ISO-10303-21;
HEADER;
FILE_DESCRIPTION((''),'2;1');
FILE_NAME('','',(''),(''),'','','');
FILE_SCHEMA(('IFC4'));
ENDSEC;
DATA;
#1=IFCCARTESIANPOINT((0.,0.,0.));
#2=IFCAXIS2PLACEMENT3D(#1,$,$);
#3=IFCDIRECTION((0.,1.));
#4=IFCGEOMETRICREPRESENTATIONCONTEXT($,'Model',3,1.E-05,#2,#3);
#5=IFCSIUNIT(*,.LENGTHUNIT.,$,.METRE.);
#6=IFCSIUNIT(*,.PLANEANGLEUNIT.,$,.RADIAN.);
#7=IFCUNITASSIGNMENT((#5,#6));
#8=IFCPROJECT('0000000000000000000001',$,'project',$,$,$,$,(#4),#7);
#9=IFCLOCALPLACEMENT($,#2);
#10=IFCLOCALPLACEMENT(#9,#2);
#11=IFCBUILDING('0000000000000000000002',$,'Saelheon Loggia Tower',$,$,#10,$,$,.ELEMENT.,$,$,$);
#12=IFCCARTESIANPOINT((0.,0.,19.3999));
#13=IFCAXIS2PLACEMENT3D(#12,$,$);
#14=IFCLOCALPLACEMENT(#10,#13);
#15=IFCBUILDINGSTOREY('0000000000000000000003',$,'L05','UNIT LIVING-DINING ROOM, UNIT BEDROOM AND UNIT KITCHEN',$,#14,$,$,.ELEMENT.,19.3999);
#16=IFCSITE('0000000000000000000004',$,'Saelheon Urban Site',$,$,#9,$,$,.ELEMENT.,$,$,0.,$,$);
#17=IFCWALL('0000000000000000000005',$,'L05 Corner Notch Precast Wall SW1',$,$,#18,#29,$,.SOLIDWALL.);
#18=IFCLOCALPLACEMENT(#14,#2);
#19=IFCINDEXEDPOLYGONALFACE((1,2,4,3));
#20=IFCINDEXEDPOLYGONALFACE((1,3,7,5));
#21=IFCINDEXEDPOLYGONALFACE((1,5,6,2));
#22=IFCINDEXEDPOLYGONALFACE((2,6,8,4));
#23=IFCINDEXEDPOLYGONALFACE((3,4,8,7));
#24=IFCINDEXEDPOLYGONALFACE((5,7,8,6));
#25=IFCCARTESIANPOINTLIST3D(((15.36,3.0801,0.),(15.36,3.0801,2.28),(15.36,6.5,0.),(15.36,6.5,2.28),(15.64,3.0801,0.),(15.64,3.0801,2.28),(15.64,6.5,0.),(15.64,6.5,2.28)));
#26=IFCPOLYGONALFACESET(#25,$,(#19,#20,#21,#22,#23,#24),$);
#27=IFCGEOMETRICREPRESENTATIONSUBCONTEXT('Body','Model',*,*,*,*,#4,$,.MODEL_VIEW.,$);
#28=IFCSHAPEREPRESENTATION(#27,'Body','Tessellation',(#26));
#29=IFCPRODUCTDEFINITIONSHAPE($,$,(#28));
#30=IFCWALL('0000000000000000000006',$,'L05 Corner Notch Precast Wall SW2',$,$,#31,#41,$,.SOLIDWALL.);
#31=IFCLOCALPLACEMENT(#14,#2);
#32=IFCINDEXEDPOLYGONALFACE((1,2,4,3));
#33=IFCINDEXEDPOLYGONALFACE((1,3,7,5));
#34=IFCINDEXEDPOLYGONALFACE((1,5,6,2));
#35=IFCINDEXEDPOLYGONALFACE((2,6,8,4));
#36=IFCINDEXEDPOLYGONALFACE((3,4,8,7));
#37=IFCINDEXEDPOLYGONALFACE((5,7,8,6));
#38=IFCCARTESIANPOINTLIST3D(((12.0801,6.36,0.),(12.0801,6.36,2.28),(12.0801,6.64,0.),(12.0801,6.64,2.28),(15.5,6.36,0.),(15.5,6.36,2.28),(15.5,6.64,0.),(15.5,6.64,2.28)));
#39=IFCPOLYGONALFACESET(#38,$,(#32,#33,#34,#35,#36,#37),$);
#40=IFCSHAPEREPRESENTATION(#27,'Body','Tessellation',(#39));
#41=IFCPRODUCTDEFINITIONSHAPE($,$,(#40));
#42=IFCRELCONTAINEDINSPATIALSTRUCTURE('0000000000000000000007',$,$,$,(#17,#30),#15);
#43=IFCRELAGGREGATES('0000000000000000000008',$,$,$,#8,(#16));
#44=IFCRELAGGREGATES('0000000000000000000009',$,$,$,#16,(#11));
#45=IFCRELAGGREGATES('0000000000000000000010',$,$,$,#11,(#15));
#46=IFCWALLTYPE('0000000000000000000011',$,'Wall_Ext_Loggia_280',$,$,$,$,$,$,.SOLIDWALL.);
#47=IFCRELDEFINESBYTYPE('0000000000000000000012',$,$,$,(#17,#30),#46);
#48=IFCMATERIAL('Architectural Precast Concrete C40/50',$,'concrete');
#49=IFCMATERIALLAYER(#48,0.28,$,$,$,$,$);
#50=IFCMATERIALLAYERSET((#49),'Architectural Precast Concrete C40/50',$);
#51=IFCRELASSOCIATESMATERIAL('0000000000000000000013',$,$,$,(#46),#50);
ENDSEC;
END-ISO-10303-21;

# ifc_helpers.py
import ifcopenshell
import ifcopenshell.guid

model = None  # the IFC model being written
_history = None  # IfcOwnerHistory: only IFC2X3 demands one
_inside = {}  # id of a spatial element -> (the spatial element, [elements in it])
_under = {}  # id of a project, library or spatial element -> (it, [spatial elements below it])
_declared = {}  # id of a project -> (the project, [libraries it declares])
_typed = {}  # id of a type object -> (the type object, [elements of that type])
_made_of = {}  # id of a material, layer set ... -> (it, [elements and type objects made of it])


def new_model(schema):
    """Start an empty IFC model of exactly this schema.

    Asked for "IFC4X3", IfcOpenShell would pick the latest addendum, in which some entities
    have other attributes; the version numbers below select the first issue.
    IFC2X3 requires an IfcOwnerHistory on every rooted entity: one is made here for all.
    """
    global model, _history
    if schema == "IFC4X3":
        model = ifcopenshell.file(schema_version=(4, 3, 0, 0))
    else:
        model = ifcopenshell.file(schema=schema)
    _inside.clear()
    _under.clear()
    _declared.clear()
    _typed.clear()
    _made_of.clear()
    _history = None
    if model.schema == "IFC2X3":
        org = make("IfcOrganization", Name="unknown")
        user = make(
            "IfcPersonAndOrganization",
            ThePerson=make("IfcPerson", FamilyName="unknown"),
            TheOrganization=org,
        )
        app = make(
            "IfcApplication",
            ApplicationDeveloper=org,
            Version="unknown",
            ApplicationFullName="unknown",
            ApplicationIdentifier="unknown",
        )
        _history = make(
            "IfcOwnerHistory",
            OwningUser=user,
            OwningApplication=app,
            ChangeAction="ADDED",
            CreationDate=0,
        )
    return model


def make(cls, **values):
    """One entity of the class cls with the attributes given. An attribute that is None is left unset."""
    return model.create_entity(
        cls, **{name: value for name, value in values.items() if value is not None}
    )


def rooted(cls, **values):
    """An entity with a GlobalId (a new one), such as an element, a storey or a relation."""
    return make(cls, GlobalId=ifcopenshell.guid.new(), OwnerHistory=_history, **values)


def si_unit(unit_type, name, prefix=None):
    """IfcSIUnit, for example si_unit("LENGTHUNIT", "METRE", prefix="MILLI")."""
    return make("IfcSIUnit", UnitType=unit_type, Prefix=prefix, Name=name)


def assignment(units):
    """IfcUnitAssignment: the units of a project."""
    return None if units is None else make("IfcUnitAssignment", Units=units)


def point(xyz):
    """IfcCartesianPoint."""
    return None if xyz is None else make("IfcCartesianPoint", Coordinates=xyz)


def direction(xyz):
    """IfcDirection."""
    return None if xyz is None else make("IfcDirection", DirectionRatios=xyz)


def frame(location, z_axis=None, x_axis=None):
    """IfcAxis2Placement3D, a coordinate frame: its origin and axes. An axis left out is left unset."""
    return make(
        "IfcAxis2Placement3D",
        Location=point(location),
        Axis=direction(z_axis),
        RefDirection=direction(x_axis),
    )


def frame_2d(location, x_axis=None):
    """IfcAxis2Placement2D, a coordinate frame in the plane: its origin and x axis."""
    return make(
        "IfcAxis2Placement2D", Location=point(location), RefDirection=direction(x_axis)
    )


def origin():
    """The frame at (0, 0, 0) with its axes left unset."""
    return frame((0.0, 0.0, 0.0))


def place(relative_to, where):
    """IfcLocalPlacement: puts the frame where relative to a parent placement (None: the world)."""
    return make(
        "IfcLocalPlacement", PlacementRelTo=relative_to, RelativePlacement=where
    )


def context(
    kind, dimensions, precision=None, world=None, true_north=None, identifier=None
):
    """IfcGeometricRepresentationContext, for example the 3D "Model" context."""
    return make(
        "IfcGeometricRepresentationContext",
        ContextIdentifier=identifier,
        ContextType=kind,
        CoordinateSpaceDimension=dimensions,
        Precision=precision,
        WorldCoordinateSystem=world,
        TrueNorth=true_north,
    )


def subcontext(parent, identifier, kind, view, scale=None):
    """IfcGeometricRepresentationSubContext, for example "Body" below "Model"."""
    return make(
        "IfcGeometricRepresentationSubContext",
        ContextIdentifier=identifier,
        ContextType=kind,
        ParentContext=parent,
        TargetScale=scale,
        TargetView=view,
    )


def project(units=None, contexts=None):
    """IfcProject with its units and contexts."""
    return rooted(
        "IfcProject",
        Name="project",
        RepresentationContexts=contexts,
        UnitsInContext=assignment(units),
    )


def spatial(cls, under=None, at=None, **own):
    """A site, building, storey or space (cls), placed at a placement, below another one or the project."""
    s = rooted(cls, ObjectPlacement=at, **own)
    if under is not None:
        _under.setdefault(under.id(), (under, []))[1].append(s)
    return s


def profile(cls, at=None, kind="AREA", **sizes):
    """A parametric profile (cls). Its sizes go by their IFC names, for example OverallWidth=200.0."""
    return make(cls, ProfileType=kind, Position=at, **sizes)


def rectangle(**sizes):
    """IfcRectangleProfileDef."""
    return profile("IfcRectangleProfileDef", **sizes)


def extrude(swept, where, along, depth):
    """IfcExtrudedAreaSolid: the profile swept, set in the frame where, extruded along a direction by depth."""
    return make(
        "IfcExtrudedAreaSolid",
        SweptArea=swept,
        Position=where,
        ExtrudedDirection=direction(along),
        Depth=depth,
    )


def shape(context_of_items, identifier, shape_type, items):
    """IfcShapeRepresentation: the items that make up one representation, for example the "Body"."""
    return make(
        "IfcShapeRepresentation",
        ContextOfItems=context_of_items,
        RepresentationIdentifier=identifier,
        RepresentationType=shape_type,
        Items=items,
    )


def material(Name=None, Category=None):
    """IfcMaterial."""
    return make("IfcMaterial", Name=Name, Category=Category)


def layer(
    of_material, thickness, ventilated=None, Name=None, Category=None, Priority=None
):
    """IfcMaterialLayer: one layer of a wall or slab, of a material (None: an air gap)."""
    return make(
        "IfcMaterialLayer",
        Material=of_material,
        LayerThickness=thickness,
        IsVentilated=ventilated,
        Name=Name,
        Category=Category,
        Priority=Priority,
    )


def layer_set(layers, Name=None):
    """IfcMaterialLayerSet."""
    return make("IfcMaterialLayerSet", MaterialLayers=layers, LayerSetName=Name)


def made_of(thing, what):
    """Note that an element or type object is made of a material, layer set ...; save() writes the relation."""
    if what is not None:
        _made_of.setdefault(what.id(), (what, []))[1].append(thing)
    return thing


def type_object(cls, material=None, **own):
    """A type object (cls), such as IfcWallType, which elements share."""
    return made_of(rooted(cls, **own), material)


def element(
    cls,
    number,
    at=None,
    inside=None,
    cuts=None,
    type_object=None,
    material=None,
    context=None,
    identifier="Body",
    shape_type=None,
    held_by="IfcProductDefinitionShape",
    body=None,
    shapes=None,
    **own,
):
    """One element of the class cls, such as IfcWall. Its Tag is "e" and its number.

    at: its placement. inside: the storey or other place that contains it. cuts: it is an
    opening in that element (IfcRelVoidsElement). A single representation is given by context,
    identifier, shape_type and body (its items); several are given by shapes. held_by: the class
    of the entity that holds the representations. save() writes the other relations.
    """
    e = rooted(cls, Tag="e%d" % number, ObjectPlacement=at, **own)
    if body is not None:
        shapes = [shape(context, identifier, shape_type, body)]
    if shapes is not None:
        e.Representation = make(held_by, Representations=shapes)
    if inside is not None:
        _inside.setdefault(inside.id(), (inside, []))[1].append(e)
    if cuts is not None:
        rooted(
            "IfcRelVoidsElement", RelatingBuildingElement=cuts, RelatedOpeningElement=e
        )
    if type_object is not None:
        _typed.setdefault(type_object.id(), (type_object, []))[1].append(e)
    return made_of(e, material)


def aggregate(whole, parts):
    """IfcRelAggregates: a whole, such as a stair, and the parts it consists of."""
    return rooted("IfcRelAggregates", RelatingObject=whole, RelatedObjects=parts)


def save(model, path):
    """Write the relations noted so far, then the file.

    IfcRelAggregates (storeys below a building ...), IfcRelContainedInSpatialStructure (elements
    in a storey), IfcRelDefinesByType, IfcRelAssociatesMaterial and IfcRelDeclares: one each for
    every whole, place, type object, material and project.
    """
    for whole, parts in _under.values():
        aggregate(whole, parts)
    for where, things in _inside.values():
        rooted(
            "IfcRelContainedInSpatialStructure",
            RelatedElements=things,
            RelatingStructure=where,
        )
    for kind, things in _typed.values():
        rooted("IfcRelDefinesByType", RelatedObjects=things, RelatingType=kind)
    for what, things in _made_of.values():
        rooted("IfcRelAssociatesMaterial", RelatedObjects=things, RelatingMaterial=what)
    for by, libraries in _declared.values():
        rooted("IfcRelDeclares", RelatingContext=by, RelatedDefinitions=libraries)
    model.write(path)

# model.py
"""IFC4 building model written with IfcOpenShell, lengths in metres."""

from ifc_helpers import new_model, si_unit, direction, frame, frame_2d, origin, place, context, subcontext, project, spatial, rectangle, extrude, material, layer, layer_set, type_object, element, save


model = new_model("IFC4")

# Units and contexts
model_context = context("Model", 3, precision=1e-05, world=origin(), true_north=direction((0.0, 1.0)))
body_context = subcontext(model_context, "Body", "Model", "MODEL_VIEW")
ifc_project = project(units=[si_unit("LENGTHUNIT", "METRE"), si_unit("PLANEANGLEUNIT", "RADIAN")], contexts=[model_context])

# Site, building, storey
site_placement = place(None, origin())
site = spatial("IfcSite", under=ifc_project, at=site_placement, Name="Saelheon Urban Site", CompositionType="ELEMENT", RefElevation=0.0)
building_placement = place(site_placement, origin())
building = spatial("IfcBuilding", under=site, at=building_placement, Name="Saelheon Loggia Tower", CompositionType="ELEMENT")
storey_placement = place(building_placement, frame((0.0, 0.0, 19.3999)))
storey = spatial("IfcBuildingStorey", under=building, at=storey_placement, Name="L05", Description="UNIT LIVING-DINING ROOM, UNIT BEDROOM AND UNIT KITCHEN", CompositionType="ELEMENT", Elevation=19.3999)

# Shared definitions
ifc_material_1 = material(Name="Architectural Precast Concrete C40/50", Category="concrete")
ifc_layer = layer(ifc_material_1, 0.28)
ifc_layer_set = layer_set([ifc_layer], Name="Architectural Precast Concrete C40/50")
wall_type = type_object("IfcWallType", Name="Wall_Ext_Loggia_280", PredefinedType="SOLIDWALL", material=ifc_layer_set)

# Walls
for number, where, z_axis, x_axis, name in (
    (1, (15.5, 3.0801, 0.0), (0.0, 0.0, 1.0), (0.0, 1.0, 0.0), "L05 Corner Notch Precast Wall SW1"),
    (2, (12.0801, 6.5, 0.0), (0.0, 0.0, 1.0), (1.0, 0.0, 0.0), "L05 Corner Notch Precast Wall SW2"),
):
    element("IfcWall", number, at=place(storey_placement, frame(where, z_axis=z_axis, x_axis=x_axis)), inside=storey, type_object=wall_type, Name=name, PredefinedType="SOLIDWALL", context=body_context, shape_type="SweptSolid", body=[
        extrude(rectangle(XDim=3.4199, YDim=0.28, at=frame_2d((1.71, 0.0))), origin(), (0.0, 0.0, 1.0), 2.28),
    ])

save(model, "model.ifc")
